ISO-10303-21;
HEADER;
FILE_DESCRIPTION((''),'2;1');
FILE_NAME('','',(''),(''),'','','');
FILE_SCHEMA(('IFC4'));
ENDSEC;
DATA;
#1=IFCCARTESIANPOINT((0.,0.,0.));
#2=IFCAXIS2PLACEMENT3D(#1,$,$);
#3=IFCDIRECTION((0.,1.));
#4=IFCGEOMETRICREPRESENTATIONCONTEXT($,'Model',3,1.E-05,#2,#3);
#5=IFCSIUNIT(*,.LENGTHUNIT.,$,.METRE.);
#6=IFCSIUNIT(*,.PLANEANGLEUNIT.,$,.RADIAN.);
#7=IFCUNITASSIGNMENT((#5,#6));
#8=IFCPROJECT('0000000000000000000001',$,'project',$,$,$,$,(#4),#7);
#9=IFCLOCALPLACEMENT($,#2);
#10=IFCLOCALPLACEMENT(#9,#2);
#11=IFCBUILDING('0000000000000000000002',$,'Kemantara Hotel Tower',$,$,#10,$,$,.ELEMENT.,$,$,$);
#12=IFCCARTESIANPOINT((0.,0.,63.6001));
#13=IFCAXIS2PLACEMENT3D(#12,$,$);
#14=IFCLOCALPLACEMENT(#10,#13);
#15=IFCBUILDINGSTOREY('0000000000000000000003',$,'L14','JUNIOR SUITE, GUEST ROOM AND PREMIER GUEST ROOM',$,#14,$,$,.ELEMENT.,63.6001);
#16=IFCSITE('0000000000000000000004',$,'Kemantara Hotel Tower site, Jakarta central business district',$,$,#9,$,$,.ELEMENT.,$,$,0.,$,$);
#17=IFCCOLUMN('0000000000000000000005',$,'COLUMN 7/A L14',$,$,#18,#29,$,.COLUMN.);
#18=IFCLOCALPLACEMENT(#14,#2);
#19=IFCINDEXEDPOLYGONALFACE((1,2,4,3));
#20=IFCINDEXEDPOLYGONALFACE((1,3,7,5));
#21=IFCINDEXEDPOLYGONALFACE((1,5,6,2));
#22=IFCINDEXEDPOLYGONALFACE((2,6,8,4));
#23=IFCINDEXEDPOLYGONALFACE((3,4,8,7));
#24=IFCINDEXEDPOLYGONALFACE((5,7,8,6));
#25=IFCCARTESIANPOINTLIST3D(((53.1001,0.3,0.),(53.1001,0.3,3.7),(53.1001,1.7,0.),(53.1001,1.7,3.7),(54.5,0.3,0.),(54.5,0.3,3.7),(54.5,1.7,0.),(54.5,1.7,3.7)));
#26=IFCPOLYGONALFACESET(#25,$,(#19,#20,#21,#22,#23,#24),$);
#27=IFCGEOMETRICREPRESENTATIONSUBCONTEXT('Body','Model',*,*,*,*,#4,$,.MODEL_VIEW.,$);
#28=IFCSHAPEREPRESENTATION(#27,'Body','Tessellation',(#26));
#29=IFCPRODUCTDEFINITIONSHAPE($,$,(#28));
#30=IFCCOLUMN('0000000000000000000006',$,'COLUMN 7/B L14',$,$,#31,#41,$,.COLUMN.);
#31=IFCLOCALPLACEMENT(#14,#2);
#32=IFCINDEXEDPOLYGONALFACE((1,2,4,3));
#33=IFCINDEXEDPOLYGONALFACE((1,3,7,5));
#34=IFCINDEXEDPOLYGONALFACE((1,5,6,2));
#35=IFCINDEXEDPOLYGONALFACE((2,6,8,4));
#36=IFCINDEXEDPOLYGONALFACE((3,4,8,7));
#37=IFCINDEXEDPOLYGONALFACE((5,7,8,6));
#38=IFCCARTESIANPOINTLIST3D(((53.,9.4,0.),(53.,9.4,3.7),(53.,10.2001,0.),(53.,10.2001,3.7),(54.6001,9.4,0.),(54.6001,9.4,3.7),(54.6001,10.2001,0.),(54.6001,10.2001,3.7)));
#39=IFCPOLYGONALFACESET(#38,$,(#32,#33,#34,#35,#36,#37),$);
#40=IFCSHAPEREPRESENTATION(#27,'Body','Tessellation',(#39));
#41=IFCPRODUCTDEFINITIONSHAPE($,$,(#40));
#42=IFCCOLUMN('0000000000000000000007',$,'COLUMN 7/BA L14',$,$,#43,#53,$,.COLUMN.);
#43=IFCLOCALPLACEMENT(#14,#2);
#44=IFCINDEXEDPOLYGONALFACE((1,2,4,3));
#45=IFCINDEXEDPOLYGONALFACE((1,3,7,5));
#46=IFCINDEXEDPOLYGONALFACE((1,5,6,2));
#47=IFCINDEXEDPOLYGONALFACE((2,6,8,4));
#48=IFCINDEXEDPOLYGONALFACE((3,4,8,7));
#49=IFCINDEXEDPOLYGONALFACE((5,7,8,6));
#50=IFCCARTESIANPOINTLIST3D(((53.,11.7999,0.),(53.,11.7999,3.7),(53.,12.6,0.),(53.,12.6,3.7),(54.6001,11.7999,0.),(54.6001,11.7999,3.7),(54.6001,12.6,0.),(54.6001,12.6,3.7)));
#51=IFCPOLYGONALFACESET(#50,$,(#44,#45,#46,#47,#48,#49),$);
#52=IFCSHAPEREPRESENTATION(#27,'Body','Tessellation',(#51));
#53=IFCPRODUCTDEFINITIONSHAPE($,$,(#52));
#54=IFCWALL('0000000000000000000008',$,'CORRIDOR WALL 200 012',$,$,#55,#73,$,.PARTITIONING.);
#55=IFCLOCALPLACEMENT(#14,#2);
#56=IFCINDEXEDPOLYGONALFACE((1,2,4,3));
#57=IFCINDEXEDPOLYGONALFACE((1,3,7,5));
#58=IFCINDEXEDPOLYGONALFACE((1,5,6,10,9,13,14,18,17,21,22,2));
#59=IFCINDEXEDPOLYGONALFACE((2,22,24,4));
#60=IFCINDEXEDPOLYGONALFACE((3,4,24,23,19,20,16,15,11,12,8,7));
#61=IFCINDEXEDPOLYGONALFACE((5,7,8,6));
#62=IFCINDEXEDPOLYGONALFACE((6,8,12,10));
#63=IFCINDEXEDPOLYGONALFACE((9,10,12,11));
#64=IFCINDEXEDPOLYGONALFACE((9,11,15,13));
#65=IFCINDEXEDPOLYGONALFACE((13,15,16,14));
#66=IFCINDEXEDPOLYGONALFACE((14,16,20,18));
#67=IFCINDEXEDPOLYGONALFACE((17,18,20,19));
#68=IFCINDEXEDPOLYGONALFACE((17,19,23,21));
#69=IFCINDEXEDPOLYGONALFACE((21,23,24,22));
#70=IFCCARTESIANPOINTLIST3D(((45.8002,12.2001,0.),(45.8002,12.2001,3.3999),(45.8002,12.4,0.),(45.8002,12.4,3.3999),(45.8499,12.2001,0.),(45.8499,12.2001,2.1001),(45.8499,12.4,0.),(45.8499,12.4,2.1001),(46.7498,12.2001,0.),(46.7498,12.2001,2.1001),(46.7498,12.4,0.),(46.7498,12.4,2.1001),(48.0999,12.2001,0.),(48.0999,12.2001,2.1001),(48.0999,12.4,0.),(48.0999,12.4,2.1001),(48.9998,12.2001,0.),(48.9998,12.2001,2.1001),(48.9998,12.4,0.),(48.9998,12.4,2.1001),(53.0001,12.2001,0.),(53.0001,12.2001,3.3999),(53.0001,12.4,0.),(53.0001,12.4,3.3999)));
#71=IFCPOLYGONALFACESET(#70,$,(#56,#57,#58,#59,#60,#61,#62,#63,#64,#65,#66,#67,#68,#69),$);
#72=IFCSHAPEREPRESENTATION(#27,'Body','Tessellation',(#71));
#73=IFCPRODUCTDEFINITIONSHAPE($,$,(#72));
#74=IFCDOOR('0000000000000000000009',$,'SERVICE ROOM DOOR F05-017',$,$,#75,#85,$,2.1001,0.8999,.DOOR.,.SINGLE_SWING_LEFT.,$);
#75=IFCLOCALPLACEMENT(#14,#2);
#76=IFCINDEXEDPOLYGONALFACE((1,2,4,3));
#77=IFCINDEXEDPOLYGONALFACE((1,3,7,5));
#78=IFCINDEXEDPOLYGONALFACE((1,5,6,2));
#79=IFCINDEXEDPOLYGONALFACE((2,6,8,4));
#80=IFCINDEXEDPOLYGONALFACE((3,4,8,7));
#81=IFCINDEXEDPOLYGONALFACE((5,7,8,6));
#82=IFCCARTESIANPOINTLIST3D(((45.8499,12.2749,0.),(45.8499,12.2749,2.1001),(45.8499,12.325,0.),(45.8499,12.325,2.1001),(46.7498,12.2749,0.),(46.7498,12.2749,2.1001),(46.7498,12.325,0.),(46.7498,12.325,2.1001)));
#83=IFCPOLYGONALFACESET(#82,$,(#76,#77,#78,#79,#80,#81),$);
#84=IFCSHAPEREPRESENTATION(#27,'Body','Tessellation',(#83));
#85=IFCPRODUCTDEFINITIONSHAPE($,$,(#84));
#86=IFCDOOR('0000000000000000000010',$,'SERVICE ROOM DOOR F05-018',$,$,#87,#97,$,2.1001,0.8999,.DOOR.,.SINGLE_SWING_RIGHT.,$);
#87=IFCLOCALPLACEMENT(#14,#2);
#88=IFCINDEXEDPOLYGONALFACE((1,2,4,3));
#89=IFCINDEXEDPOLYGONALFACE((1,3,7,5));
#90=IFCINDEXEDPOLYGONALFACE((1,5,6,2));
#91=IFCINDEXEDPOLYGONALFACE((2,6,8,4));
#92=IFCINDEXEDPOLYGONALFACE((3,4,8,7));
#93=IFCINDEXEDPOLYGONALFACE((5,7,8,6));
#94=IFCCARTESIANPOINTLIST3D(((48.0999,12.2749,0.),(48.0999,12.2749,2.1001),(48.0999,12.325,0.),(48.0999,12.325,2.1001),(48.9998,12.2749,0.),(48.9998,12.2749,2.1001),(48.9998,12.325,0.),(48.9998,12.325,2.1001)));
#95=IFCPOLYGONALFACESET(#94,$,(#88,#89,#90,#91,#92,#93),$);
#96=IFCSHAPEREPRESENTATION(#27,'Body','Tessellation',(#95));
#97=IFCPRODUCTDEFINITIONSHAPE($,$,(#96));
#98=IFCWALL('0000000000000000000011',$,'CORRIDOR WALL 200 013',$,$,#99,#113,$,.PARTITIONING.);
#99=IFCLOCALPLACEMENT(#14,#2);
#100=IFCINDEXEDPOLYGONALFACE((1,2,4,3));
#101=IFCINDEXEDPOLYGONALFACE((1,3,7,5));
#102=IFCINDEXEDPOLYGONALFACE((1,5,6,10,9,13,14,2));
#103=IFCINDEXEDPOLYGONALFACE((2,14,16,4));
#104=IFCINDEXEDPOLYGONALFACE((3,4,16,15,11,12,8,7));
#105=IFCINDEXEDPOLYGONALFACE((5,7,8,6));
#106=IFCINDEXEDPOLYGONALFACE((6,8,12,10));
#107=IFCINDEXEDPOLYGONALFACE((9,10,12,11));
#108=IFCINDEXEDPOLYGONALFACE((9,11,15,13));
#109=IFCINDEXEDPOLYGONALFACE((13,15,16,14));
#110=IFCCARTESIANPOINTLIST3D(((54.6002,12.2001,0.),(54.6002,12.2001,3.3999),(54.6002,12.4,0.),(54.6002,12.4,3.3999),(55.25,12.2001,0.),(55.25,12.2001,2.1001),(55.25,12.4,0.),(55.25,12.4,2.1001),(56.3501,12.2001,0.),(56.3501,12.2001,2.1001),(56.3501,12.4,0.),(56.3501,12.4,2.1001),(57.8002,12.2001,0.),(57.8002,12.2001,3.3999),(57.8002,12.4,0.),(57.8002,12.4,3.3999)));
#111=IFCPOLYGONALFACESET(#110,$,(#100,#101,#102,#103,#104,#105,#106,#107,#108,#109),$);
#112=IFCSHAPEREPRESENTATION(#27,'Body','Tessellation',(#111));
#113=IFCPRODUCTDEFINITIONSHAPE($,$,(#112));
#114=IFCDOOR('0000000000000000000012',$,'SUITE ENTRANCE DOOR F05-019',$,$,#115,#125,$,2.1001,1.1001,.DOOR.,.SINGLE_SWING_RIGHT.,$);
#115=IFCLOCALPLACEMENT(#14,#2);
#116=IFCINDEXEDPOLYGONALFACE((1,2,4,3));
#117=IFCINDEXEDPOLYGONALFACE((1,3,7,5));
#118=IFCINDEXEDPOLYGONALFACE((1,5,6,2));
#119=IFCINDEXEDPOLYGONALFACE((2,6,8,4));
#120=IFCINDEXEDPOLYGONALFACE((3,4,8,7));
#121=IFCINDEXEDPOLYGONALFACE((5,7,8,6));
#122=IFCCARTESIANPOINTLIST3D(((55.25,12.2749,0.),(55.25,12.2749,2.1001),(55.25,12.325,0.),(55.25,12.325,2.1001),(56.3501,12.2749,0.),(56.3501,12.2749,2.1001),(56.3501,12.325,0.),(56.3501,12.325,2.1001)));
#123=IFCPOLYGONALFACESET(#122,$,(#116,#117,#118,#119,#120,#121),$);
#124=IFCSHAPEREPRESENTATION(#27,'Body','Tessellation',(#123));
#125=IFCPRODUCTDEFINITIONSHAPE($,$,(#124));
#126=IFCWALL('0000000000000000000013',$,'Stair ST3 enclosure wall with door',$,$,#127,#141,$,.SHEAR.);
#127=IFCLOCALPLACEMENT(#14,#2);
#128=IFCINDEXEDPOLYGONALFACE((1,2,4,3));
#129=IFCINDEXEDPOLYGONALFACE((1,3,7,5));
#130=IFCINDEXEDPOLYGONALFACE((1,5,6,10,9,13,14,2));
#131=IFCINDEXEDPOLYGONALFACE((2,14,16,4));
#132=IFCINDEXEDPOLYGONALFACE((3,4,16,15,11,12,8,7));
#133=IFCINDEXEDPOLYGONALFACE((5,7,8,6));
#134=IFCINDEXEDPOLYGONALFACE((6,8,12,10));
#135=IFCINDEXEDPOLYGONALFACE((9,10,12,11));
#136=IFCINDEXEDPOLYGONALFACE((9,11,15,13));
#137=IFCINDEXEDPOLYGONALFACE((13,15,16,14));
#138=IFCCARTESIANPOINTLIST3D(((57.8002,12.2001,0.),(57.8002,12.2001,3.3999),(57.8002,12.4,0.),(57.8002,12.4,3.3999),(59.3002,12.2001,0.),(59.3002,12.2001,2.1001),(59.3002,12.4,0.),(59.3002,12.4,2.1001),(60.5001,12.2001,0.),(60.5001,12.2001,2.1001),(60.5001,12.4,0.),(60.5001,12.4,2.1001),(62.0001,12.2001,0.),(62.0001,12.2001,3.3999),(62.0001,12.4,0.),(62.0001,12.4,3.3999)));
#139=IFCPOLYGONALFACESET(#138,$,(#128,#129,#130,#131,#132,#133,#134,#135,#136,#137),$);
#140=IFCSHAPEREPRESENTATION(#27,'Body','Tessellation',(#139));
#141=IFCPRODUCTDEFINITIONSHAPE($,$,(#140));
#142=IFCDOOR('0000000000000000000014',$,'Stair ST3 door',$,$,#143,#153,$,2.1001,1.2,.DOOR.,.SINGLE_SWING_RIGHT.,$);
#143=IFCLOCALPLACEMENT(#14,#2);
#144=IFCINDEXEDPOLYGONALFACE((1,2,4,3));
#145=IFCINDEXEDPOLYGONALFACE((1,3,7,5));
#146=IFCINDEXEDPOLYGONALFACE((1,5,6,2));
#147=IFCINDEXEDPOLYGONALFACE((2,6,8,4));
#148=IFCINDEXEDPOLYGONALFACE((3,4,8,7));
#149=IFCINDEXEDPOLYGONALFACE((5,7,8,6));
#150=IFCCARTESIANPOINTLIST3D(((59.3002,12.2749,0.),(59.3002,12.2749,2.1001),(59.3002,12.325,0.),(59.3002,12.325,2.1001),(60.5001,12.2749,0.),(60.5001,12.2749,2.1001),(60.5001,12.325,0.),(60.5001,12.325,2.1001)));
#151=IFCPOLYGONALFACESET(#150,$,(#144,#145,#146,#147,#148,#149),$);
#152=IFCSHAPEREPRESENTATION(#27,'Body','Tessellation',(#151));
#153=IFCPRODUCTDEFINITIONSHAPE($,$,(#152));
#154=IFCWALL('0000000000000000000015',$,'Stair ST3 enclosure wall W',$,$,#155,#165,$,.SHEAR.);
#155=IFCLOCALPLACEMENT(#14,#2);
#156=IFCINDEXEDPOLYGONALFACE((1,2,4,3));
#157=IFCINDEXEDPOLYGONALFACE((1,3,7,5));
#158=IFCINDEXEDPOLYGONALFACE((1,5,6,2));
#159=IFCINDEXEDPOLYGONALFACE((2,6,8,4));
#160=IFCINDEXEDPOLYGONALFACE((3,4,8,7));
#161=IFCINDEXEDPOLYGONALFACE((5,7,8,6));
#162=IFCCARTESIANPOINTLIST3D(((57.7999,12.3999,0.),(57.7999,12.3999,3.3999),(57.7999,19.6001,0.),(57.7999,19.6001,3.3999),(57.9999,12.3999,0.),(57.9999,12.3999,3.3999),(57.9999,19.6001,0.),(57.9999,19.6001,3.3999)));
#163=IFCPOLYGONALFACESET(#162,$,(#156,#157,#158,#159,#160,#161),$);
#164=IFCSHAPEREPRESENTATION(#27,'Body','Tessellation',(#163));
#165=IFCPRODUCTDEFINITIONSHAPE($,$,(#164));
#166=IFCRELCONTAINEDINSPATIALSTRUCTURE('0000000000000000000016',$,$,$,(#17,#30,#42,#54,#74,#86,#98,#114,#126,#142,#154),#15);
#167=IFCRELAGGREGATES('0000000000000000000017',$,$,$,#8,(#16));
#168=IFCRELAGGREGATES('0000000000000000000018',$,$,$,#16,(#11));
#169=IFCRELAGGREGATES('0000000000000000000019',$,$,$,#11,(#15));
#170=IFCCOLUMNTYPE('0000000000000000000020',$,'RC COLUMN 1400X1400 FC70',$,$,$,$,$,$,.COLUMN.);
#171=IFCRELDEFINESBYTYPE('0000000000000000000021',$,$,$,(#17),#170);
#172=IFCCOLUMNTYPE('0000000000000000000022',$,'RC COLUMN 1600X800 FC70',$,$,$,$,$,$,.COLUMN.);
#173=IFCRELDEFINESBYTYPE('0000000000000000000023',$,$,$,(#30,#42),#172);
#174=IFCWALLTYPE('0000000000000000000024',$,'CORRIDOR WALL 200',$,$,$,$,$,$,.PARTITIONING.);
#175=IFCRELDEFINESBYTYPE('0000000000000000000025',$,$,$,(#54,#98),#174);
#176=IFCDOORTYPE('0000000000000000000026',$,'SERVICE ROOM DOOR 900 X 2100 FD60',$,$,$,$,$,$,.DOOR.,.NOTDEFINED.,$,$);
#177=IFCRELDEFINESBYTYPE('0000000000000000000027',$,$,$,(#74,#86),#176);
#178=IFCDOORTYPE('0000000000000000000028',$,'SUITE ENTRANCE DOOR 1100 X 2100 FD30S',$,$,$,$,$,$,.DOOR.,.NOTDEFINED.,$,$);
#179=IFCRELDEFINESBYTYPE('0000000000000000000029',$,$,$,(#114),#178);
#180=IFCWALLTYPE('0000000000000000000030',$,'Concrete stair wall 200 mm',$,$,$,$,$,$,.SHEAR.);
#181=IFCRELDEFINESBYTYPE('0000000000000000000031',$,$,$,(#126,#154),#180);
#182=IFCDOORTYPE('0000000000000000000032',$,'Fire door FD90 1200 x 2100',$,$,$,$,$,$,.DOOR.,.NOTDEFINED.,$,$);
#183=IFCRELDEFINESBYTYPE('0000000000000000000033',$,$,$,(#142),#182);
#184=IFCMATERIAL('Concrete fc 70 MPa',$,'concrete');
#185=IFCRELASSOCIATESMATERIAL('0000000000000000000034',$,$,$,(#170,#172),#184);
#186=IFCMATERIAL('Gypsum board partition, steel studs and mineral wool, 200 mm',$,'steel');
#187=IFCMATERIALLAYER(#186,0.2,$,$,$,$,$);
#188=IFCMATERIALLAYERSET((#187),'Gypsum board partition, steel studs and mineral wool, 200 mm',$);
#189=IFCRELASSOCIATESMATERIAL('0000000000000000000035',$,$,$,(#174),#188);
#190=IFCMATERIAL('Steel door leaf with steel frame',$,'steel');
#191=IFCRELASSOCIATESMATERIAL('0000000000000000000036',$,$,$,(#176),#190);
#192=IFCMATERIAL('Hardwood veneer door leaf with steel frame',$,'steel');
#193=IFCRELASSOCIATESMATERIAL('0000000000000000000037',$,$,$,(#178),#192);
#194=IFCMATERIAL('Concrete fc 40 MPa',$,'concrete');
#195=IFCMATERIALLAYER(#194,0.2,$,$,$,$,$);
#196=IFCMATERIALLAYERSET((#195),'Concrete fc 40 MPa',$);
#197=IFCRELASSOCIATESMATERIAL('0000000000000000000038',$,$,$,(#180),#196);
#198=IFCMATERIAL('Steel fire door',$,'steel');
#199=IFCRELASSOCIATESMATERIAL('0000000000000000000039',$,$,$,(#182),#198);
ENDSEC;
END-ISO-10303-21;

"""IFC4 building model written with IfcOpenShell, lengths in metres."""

from ifc_helpers import new_model, si_unit, direction, frame, frame_2d, origin, origin_2d, place, context, subcontext, project, spatial, rectangle, extrude, material, layer, layer_set, material_profile, profile_set, type_object, element, fill, save


model = new_model("IFC4")

# Units and contexts
model_context = context("Model", 3, precision=1e-05, world=origin(), true_north=direction((0.0, 1.0)))
body_context = subcontext(model_context, "Body", "Model", "MODEL_VIEW")
ifc_project = project(units=[si_unit("LENGTHUNIT", "METRE"), si_unit("PLANEANGLEUNIT", "RADIAN")], contexts=[model_context])

# Site, building, storey
site_placement = place(None, origin())
site = spatial("IfcSite", under=ifc_project, at=site_placement, Name="Kemantara Hotel Tower site, Jakarta central business district", CompositionType="ELEMENT", RefElevation=0.0)
building_placement = place(site_placement, origin())
building = spatial("IfcBuilding", under=site, at=building_placement, Name="Kemantara Hotel Tower", CompositionType="ELEMENT")
storey_placement = place(building_placement, frame((0.0, 0.0, 63.6001)))
storey = spatial("IfcBuildingStorey", under=building, at=storey_placement, Name="L14", Description="JUNIOR SUITE, GUEST ROOM AND PREMIER GUEST ROOM", CompositionType="ELEMENT", Elevation=63.6001)

# Columns
ifc_material_1 = material(Name="Concrete fc 70 MPa", Category="concrete")
ifc_material_profile_1 = material_profile(ifc_material_1, rectangle(XDim=1.3999, YDim=1.3999, at=origin_2d()), Name="RC 1400X1400")
ifc_profile_set_1 = profile_set([ifc_material_profile_1], Name="Concrete fc 70 MPa")
column_type_1 = type_object("IfcColumnType", Name="RC COLUMN 1400X1400 FC70", PredefinedType="COLUMN", material=ifc_profile_set_1)
column_placement = place(storey_placement, frame((53.8, 1.0, 0.0), z_axis=(0.0, 0.0, 1.0), x_axis=(1.0, 0.0, 0.0)))
element("IfcColumn", 1, at=column_placement, inside=storey, type_object=column_type_1, Name="COLUMN 7/A L14", PredefinedType="COLUMN", context=body_context, shape_type="SweptSolid", body=[
    extrude(rectangle(XDim=1.3999, YDim=1.3999, at=origin_2d()), origin(), (0.0, 0.0, 1.0), 3.7),
])
ifc_material_profile_2 = material_profile(ifc_material_1, rectangle(XDim=1.6001, YDim=0.8, at=origin_2d()), Name="RC 1600X800")
ifc_profile_set_2 = profile_set([ifc_material_profile_2], Name="Concrete fc 70 MPa")
column_type_2 = type_object("IfcColumnType", Name="RC COLUMN 1600X800 FC70", PredefinedType="COLUMN", material=ifc_profile_set_2)
for number, where, z_axis, x_axis, name in (
    (2, (53.8, 9.8, 0.0), (0.0, 0.0, 1.0), (1.0, 0.0, 0.0), "COLUMN 7/B L14"),
    (3, (53.8, 12.2, 0.0), (0.0, 0.0, 1.0), (1.0, 0.0, 0.0), "COLUMN 7/BA L14"),
):
    element("IfcColumn", number, at=place(storey_placement, frame(where, z_axis=z_axis, x_axis=x_axis)), inside=storey, type_object=column_type_2, Name=name, PredefinedType="COLUMN", context=body_context, shape_type="SweptSolid", body=[
        extrude(rectangle(XDim=1.6001, YDim=0.8, at=origin_2d()), origin(), (0.0, 0.0, 1.0), 3.7),
    ])

# Wall, openings, doors
ifc_material_2 = material(Name="Gypsum board partition, steel studs and mineral wool, 200 mm", Category="steel")
ifc_layer_1 = layer(ifc_material_2, 0.2)
ifc_layer_set_1 = layer_set([ifc_layer_1], Name="Gypsum board partition, steel studs and mineral wool, 200 mm")
wall_type_1 = type_object("IfcWallType", Name="CORRIDOR WALL 200", PredefinedType="PARTITIONING", material=ifc_layer_set_1)
wall_1_placement = place(storey_placement, frame((45.8, 12.3, 0.0), z_axis=(0.0, 0.0, 1.0), x_axis=(1.0, 0.0, 0.0)))
wall_1 = element("IfcWall", 4, at=wall_1_placement, inside=storey, type_object=wall_type_1, Name="CORRIDOR WALL 200 012", PredefinedType="PARTITIONING", context=body_context, shape_type="SweptSolid", body=[
    extrude(rectangle(XDim=7.2, YDim=0.2, at=frame_2d((3.6001, 0.0))), origin(), (0.0, 0.0, 1.0), 3.3999),
])
opening_1_placement = place(wall_1_placement, frame((0.0498, 0.0, 0.0)))
opening_1 = element("IfcOpeningElement", 5, at=opening_1_placement, cuts=wall_1, PredefinedType="OPENING", context=body_context, shape_type="SweptSolid", body=[
    extrude(rectangle(XDim=0.8999, YDim=2.1001, at=frame_2d((0.45, 1.05))), frame((0.0, 0.1099, 0.0), z_axis=(0.0, -1.0, 0.0), x_axis=(1.0, 0.0, 0.0)), (0.0, 0.0, 1.0), 0.22),
])
opening_2_placement = place(wall_1_placement, frame((2.2998, 0.0, 0.0)))
opening_2 = element("IfcOpeningElement", 6, at=opening_2_placement, cuts=wall_1, PredefinedType="OPENING", context=body_context, shape_type="SweptSolid", body=[
    extrude(rectangle(XDim=0.8999, YDim=2.1001, at=frame_2d((0.45, 1.05))), frame((0.0, 0.1099, 0.0), z_axis=(0.0, -1.0, 0.0), x_axis=(1.0, 0.0, 0.0)), (0.0, 0.0, 1.0), 0.22),
])
ifc_material_3 = material(Name="Steel door leaf with steel frame", Category="steel")
door_type_1 = type_object("IfcDoorType", Name="SERVICE ROOM DOOR 900 X 2100 FD60", OperationType="NOTDEFINED", PredefinedType="DOOR", material=ifc_material_3)
door_1_placement = place(opening_1_placement, origin())
door_1 = element("IfcDoor", 7, at=door_1_placement, inside=storey, type_object=door_type_1, Name="SERVICE ROOM DOOR F05-017", OperationType="SINGLE_SWING_LEFT", OverallHeight=2.1001, OverallWidth=0.8999, PredefinedType="DOOR", context=body_context, shape_type="SweptSolid", body=[
    extrude(rectangle(XDim=0.8999, YDim=2.1001, at=frame_2d((0.45, 1.05))), frame((0.0, 0.0249, 0.0), z_axis=(0.0, -1.0, 0.0), x_axis=(1.0, 0.0, 0.0)), (0.0, 0.0, 1.0), 0.05),
])
fill(opening_1, door_1)
door_2_placement = place(opening_2_placement, origin())
door_2 = element("IfcDoor", 8, at=door_2_placement, inside=storey, type_object=door_type_1, Name="SERVICE ROOM DOOR F05-018", OperationType="SINGLE_SWING_RIGHT", OverallHeight=2.1001, OverallWidth=0.8999, PredefinedType="DOOR", context=body_context, shape_type="SweptSolid", body=[
    extrude(rectangle(XDim=0.8999, YDim=2.1001, at=frame_2d((0.45, 1.05))), frame((0.0, 0.0249, 0.0), z_axis=(0.0, -1.0, 0.0), x_axis=(1.0, 0.0, 0.0)), (0.0, 0.0, 1.0), 0.05),
])
fill(opening_2, door_2)

# Walls, openings, doors
wall_2_placement = place(storey_placement, frame((54.6001, 12.3, 0.0), z_axis=(0.0, 0.0, 1.0), x_axis=(1.0, 0.0, 0.0)))
wall_2 = element("IfcWall", 9, at=wall_2_placement, inside=storey, type_object=wall_type_1, Name="CORRIDOR WALL 200 013", PredefinedType="PARTITIONING", context=body_context, shape_type="SweptSolid", body=[
    extrude(rectangle(XDim=3.2, YDim=0.2, at=frame_2d((1.6001, 0.0))), origin(), (0.0, 0.0, 1.0), 3.3999),
])
opening_3_placement = place(wall_2_placement, frame((0.6499, 0.0, 0.0)))
opening_3 = element("IfcOpeningElement", 10, at=opening_3_placement, cuts=wall_2, PredefinedType="OPENING", context=body_context, shape_type="SweptSolid", body=[
    extrude(rectangle(XDim=1.1001, YDim=2.1001, at=frame_2d((0.55, 1.05))), frame((0.0, 0.1099, 0.0), z_axis=(0.0, -1.0, 0.0), x_axis=(1.0, 0.0, 0.0)), (0.0, 0.0, 1.0), 0.22),
])
ifc_material_4 = material(Name="Hardwood veneer door leaf with steel frame", Category="steel")
door_type_2 = type_object("IfcDoorType", Name="SUITE ENTRANCE DOOR 1100 X 2100 FD30S", OperationType="NOTDEFINED", PredefinedType="DOOR", material=ifc_material_4)
door_3_placement = place(opening_3_placement, origin())
door_3 = element("IfcDoor", 11, at=door_3_placement, inside=storey, type_object=door_type_2, Name="SUITE ENTRANCE DOOR F05-019", OperationType="SINGLE_SWING_RIGHT", OverallHeight=2.1001, OverallWidth=1.1001, PredefinedType="DOOR", context=body_context, shape_type="SweptSolid", body=[
    extrude(rectangle(XDim=1.1001, YDim=2.1001, at=frame_2d((0.55, 1.05))), frame((0.0, 0.0249, 0.0), z_axis=(0.0, -1.0, 0.0), x_axis=(1.0, 0.0, 0.0)), (0.0, 0.0, 1.0), 0.05),
])
fill(opening_3, door_3)
ifc_material_5 = material(Name="Concrete fc 40 MPa", Category="concrete")
ifc_layer_2 = layer(ifc_material_5, 0.2)
ifc_layer_set_2 = layer_set([ifc_layer_2], Name="Concrete fc 40 MPa")
wall_type_2 = type_object("IfcWallType", Name="Concrete stair wall 200 mm", PredefinedType="SHEAR", material=ifc_layer_set_2)
wall_3_placement = place(storey_placement, frame((57.8, 12.3, 0.0), z_axis=(0.0, 0.0, 1.0), x_axis=(1.0, 0.0, 0.0)))
wall_3 = element("IfcWall", 12, at=wall_3_placement, inside=storey, type_object=wall_type_2, Name="Stair ST3 enclosure wall with door", PredefinedType="SHEAR", context=body_context, shape_type="SweptSolid", body=[
    extrude(rectangle(XDim=4.2, YDim=0.2, at=frame_2d((2.1001, 0.0))), origin(), (0.0, 0.0, 1.0), 3.3999),
])
opening_4_placement = place(wall_3_placement, frame((1.5, 0.0, 0.0)))
opening_4 = element("IfcOpeningElement", 13, at=opening_4_placement, cuts=wall_3, PredefinedType="OPENING", context=body_context, shape_type="SweptSolid", body=[
    extrude(rectangle(XDim=1.2, YDim=2.1001, at=frame_2d((0.6001, 1.05))), frame((0.0, 0.1099, 0.0), z_axis=(0.0, -1.0, 0.0), x_axis=(1.0, 0.0, 0.0)), (0.0, 0.0, 1.0), 0.22),
])
ifc_material_6 = material(Name="Steel fire door", Category="steel")
door_type_3 = type_object("IfcDoorType", Name="Fire door FD90 1200 x 2100", OperationType="NOTDEFINED", PredefinedType="DOOR", material=ifc_material_6)
door_4_placement = place(opening_4_placement, origin())
door_4 = element("IfcDoor", 14, at=door_4_placement, inside=storey, type_object=door_type_3, Name="Stair ST3 door", OperationType="SINGLE_SWING_RIGHT", OverallHeight=2.1001, OverallWidth=1.2, PredefinedType="DOOR", context=body_context, shape_type="SweptSolid", body=[
    extrude(rectangle(XDim=1.2, YDim=2.1001, at=frame_2d((0.6001, 1.05))), frame((0.0, 0.0249, 0.0), z_axis=(0.0, -1.0, 0.0), x_axis=(1.0, 0.0, 0.0)), (0.0, 0.0, 1.0), 0.05),
])
fill(opening_4, door_4)

# Wall
wall_4_placement = place(storey_placement, frame((57.8999, 12.3999, 0.0), z_axis=(0.0, 0.0, 1.0), x_axis=(0.0, 1.0, 0.0)))
element("IfcWall", 15, at=wall_4_placement, inside=storey, type_object=wall_type_2, Name="Stair ST3 enclosure wall W", PredefinedType="SHEAR", context=body_context, shape_type="SweptSolid", body=[
    extrude(rectangle(XDim=7.2002, YDim=0.2, at=frame_2d((3.6001, 0.0))), origin(), (0.0, 0.0, 1.0), 3.3999),
])

save(model, "model.ifc")
